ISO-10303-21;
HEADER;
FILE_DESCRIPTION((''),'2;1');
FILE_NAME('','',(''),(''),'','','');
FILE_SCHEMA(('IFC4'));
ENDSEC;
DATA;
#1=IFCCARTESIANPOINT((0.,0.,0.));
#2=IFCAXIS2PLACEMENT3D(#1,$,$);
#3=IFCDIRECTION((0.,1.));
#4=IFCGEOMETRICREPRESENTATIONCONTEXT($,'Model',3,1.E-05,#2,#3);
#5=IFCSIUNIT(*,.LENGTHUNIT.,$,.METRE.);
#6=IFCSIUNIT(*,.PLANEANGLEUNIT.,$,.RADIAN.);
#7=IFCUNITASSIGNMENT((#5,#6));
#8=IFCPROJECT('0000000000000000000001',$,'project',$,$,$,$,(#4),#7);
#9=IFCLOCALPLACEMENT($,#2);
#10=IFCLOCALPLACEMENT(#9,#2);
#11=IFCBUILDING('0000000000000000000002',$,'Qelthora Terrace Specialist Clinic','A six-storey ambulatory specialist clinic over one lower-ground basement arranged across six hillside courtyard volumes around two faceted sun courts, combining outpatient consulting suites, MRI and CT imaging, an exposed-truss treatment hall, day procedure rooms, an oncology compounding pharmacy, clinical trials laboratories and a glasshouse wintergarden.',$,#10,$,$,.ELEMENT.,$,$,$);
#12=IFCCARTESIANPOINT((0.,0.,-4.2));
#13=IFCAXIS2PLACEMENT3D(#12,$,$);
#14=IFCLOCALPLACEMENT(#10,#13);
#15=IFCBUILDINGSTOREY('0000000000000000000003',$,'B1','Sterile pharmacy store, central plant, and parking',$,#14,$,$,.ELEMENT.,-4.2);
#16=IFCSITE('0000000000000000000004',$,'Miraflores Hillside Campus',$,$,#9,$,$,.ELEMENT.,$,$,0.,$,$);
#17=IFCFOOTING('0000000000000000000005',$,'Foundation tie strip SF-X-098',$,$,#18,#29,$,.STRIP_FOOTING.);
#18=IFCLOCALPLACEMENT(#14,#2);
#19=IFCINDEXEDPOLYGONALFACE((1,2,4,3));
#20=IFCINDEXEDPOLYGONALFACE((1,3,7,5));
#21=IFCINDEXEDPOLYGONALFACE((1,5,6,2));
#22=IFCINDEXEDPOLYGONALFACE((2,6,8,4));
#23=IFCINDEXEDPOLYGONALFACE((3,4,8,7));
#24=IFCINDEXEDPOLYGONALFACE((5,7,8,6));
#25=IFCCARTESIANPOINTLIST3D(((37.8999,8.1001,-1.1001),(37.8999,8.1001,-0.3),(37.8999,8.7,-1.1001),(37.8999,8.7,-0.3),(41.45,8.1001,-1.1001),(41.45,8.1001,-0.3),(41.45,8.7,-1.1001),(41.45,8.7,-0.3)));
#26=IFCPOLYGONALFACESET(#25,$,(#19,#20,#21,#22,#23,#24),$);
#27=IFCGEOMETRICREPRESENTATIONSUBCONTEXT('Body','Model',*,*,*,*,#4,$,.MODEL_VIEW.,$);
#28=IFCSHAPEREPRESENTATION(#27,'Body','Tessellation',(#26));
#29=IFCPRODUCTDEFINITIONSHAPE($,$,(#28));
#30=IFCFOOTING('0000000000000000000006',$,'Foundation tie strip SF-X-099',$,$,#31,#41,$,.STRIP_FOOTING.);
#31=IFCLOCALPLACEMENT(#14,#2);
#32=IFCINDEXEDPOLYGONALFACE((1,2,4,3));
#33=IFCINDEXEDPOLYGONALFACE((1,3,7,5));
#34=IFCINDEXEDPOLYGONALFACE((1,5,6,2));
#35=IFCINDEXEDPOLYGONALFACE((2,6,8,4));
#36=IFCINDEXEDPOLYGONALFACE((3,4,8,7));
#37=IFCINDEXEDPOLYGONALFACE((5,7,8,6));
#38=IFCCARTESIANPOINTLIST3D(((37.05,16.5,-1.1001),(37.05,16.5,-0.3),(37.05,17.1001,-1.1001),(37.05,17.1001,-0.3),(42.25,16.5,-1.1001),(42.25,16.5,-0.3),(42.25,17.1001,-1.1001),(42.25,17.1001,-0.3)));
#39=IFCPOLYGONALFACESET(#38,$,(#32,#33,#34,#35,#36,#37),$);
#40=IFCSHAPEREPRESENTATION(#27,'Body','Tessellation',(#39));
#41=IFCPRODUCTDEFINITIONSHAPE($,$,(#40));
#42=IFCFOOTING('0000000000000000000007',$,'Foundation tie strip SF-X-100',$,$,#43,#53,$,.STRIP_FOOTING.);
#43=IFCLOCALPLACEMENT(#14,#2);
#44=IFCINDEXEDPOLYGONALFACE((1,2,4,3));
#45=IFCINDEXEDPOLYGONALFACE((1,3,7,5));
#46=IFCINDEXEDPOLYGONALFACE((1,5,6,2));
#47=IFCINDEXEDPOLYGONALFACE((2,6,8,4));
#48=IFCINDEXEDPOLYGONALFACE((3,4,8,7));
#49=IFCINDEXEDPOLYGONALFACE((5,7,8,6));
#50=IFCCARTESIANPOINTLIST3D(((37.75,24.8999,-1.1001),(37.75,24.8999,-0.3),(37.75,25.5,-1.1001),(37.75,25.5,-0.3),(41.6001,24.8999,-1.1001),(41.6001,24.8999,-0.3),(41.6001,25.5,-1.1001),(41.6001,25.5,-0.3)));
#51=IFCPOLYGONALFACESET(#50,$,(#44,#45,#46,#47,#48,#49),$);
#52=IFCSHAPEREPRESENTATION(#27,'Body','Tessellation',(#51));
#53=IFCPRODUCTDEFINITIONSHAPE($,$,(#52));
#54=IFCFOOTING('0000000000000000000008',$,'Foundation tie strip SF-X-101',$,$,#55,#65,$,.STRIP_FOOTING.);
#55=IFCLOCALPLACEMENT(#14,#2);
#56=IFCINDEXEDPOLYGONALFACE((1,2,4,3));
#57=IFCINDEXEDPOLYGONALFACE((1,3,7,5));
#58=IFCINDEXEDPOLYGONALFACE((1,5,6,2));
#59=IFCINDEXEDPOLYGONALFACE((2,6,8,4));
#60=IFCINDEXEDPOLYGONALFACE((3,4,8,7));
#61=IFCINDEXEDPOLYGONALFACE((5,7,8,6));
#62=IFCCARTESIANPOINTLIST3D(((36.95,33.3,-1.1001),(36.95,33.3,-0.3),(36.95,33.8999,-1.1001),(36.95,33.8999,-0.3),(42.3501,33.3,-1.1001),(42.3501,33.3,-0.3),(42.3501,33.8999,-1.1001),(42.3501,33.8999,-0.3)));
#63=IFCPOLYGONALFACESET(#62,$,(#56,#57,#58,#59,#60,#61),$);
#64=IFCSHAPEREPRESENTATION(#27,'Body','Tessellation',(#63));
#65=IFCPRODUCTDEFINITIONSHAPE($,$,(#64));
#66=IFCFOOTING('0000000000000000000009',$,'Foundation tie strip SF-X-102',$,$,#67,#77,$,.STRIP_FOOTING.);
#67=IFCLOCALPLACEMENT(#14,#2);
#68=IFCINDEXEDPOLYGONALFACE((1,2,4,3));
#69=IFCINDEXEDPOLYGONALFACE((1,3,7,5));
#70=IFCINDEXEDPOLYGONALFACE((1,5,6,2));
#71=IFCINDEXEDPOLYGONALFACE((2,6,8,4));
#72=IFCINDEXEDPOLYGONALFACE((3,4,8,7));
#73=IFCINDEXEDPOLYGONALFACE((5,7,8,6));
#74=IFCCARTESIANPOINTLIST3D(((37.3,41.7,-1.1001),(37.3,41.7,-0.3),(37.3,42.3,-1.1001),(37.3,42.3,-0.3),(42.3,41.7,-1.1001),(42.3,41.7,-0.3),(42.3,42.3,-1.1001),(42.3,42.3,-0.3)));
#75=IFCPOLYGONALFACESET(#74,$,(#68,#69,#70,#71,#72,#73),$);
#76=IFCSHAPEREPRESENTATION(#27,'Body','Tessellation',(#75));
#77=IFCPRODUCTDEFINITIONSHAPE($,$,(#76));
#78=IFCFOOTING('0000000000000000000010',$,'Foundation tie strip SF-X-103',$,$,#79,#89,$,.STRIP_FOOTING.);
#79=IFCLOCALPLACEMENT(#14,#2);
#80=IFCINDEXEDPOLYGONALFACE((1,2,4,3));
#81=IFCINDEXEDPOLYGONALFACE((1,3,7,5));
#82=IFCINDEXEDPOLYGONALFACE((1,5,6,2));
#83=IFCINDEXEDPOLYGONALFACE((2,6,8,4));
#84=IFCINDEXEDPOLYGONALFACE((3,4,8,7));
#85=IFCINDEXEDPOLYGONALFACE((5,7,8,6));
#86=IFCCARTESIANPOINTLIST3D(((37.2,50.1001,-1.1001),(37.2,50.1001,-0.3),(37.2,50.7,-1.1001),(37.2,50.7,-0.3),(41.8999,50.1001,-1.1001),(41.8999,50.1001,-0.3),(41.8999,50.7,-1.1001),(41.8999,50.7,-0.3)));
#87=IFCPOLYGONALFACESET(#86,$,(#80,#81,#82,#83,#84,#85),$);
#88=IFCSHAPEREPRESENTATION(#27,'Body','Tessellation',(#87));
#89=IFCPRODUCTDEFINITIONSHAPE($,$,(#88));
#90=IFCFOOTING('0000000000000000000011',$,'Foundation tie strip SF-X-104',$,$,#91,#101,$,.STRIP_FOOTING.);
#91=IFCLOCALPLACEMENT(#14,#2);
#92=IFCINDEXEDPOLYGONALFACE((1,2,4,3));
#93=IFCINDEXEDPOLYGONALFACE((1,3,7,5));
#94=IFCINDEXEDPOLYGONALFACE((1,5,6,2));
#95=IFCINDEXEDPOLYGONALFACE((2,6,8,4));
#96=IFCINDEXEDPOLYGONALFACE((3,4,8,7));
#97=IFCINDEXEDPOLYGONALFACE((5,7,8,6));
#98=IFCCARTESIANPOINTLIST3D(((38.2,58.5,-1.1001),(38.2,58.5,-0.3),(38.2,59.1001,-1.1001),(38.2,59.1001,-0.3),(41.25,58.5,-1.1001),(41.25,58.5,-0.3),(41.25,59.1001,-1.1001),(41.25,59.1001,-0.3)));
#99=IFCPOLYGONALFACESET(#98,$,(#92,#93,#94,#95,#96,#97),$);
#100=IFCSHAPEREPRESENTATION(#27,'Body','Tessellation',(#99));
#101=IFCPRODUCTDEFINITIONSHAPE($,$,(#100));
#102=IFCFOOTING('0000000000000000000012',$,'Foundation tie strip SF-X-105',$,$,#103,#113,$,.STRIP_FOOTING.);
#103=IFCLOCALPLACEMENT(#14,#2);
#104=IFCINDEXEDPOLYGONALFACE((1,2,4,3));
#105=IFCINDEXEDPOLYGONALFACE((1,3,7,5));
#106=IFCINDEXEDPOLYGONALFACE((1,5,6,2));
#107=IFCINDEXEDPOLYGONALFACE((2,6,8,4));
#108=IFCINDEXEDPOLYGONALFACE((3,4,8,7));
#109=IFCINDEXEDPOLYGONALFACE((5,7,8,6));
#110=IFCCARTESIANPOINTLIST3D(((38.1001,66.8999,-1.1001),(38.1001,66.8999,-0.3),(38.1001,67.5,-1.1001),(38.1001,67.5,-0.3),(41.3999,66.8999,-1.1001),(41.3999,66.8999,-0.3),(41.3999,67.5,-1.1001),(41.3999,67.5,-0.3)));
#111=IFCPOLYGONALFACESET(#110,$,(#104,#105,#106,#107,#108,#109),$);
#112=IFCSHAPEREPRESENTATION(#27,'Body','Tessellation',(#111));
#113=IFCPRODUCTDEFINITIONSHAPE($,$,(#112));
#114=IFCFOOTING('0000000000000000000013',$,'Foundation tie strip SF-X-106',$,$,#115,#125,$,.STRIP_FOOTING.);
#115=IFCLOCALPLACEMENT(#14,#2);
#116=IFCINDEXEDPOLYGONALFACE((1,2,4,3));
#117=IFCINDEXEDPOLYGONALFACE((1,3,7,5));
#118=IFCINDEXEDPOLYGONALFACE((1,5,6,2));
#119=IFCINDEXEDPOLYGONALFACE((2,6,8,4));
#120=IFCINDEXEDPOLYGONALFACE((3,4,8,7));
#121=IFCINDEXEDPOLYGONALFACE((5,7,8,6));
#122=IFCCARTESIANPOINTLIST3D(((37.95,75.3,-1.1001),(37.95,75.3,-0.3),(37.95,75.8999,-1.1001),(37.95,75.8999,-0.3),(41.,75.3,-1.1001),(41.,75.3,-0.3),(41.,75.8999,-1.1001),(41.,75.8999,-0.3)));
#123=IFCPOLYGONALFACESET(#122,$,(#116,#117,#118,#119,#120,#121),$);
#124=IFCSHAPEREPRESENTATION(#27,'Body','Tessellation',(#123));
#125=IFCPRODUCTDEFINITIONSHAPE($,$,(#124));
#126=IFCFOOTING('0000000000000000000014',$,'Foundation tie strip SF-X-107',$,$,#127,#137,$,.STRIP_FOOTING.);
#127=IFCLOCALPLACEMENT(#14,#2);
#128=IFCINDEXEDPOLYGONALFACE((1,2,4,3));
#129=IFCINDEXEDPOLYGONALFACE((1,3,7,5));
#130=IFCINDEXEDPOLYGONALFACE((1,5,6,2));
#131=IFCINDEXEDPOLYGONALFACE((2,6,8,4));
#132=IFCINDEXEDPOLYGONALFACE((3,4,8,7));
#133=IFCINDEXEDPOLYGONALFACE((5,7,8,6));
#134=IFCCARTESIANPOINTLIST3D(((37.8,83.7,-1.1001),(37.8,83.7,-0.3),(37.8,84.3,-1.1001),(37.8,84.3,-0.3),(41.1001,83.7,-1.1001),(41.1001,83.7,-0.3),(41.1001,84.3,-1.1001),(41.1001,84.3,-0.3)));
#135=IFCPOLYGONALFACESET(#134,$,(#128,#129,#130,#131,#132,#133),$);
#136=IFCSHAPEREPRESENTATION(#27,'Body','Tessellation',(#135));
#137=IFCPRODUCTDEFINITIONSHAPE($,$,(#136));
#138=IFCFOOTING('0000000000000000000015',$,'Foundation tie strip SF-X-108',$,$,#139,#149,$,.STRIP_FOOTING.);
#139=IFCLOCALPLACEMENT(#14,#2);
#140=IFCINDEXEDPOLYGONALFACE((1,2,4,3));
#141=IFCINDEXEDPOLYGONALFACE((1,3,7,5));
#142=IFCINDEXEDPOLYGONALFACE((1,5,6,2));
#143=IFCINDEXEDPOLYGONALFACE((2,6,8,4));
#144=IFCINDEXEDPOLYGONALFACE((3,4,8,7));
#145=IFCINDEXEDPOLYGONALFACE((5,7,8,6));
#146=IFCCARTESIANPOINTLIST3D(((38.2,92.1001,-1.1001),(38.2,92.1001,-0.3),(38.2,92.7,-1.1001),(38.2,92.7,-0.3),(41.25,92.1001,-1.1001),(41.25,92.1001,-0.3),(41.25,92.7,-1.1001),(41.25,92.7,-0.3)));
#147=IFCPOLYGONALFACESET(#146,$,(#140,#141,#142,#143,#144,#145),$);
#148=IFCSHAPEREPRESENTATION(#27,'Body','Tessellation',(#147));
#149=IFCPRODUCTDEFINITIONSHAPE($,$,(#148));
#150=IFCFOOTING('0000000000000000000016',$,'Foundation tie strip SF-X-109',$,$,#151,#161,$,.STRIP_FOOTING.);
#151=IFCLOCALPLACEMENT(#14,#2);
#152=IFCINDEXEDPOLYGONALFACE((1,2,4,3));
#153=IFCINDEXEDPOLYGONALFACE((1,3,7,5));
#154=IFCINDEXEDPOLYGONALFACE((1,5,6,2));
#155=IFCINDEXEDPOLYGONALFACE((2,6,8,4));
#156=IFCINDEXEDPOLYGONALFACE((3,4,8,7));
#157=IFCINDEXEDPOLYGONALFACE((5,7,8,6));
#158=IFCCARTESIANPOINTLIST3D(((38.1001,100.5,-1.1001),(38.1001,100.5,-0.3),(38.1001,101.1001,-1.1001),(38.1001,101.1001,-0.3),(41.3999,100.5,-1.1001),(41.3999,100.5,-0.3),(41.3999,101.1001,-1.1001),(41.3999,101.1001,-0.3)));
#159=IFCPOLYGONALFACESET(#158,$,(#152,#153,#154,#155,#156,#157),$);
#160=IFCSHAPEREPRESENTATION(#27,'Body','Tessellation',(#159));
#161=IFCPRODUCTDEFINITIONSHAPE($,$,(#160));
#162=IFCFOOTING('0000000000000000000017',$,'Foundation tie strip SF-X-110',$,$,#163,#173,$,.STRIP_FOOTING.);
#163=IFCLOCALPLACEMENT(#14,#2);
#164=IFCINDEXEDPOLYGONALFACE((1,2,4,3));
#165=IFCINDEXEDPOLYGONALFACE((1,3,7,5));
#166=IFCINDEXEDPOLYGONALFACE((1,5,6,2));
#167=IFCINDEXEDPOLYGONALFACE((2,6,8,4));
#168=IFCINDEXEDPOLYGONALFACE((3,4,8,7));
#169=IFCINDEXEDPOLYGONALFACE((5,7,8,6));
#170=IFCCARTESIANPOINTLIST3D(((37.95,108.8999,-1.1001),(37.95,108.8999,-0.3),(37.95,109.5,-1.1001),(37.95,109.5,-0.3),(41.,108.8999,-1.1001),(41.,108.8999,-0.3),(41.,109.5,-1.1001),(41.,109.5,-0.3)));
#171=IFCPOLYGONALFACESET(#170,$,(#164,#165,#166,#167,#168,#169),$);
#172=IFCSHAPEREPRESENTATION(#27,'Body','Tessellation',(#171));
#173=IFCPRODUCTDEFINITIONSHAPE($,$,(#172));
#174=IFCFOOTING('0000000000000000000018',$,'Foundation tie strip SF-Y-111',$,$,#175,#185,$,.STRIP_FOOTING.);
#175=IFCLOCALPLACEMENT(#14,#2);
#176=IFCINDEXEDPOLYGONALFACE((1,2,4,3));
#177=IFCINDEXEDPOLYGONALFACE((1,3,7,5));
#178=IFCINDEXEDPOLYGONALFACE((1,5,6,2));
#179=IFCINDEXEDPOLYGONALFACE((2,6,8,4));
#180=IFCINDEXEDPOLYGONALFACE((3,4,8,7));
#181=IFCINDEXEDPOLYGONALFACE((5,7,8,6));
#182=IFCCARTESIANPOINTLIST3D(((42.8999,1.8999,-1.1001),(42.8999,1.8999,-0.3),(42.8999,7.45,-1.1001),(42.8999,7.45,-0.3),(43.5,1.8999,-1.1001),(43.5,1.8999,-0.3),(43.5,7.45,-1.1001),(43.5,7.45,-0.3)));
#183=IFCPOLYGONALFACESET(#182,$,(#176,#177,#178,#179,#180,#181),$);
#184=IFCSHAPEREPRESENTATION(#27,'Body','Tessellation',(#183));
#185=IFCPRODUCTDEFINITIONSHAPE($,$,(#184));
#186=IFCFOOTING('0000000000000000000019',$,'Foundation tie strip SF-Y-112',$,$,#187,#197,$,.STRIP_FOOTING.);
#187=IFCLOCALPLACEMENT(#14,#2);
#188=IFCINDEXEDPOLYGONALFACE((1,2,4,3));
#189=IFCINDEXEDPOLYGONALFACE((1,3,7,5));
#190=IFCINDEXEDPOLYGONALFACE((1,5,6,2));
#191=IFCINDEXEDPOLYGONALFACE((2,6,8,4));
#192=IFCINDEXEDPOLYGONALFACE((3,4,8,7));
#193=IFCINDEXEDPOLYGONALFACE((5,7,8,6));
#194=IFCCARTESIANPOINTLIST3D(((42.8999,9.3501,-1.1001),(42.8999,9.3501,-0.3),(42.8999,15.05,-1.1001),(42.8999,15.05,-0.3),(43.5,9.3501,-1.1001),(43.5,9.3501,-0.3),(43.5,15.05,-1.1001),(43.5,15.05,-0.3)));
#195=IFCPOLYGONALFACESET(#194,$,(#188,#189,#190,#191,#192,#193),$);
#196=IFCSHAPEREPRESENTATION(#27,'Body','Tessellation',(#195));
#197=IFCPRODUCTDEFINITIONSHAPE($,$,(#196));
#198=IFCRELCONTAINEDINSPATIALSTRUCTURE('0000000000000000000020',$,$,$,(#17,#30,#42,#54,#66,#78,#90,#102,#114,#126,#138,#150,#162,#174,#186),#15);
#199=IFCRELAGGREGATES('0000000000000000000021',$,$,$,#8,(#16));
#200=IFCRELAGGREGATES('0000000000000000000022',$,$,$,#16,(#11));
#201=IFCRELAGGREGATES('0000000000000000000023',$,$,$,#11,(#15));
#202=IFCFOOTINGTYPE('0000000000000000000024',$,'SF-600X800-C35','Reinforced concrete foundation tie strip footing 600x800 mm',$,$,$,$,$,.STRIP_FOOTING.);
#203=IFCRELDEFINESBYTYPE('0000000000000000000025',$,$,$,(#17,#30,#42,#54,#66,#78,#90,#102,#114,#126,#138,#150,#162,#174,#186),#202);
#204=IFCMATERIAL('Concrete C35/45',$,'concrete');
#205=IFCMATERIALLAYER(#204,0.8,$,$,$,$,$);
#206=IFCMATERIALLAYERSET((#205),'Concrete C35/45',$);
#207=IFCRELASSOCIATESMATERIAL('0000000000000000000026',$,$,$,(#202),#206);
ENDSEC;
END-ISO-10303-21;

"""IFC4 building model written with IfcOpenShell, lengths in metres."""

from ifc_helpers import new_model, si_unit, direction, frame, origin, place, context, subcontext, project, spatial, polyline, outline, extrude, material, layer, layer_set, type_object, element, save


model = new_model("IFC4")

# Units and contexts
model_context = context("Model", 3, precision=1e-05, world=origin(), true_north=direction((0.0, 1.0)))
body_context = subcontext(model_context, "Body", "Model", "MODEL_VIEW")
ifc_project = project(units=[si_unit("LENGTHUNIT", "METRE"), si_unit("PLANEANGLEUNIT", "RADIAN")], contexts=[model_context])

# Site, building, storey
site_placement = place(None, origin())
site = spatial("IfcSite", under=ifc_project, at=site_placement, Name="Miraflores Hillside Campus", CompositionType="ELEMENT", RefElevation=0.0)
building_placement = place(site_placement, origin())
building = spatial("IfcBuilding", under=site, at=building_placement, Name="Qelthora Terrace Specialist Clinic", Description="A six-storey ambulatory specialist clinic over one lower-ground basement arranged across six hillside courtyard volumes around two faceted sun courts, combining outpatient consulting suites, MRI and CT imaging, an exposed-truss treatment hall, day procedure rooms, an oncology compounding pharmacy, clinical trials laboratories and a glasshouse wintergarden.", CompositionType="ELEMENT")
storey_placement = place(building_placement, frame((0.0, 0.0, -4.2)))
storey = spatial("IfcBuildingStorey", under=building, at=storey_placement, Name="B1", Description="Sterile pharmacy store, central plant, and parking", CompositionType="ELEMENT", Elevation=-4.2)

# Footings
ifc_material = material(Name="Concrete C35/45", Category="concrete")
ifc_layer = layer(ifc_material, 0.8)
ifc_layer_set = layer_set([ifc_layer], Name="Concrete C35/45")
footing_type = type_object("IfcFootingType", Name="SF-600X800-C35", Description="Reinforced concrete foundation tie strip footing 600x800 mm", PredefinedType="STRIP_FOOTING", material=ifc_layer_set)
footing_1_placement = place(storey_placement, frame((0.0, 0.0, -1.1001)))
element("IfcFooting", 1, at=footing_1_placement, inside=storey, type_object=footing_type, Name="Foundation tie strip SF-X-098", PredefinedType="STRIP_FOOTING", context=body_context, shape_type="SweptSolid", body=[
    extrude(outline(polyline([(37.8999, 8.1001), (41.45, 8.1001), (41.45, 8.7), (37.8999, 8.7), (37.8999, 8.1001)])), origin(), (0.0, 0.0, 1.0), 0.8),
])
footing_2_placement = place(storey_placement, frame((0.0, 0.0, -1.1001)))
element("IfcFooting", 2, at=footing_2_placement, inside=storey, type_object=footing_type, Name="Foundation tie strip SF-X-099", PredefinedType="STRIP_FOOTING", context=body_context, shape_type="SweptSolid", body=[
    extrude(outline(polyline([(37.05, 16.5), (42.25, 16.5), (42.25, 17.1001), (37.05, 17.1001), (37.05, 16.5)])), origin(), (0.0, 0.0, 1.0), 0.8),
])
footing_3_placement = place(storey_placement, frame((0.0, 0.0, -1.1001)))
element("IfcFooting", 3, at=footing_3_placement, inside=storey, type_object=footing_type, Name="Foundation tie strip SF-X-100", PredefinedType="STRIP_FOOTING", context=body_context, shape_type="SweptSolid", body=[
    extrude(outline(polyline([(37.75, 24.8999), (41.6001, 24.8999), (41.6001, 25.5), (37.75, 25.5), (37.75, 24.8999)])), origin(), (0.0, 0.0, 1.0), 0.8),
])
footing_4_placement = place(storey_placement, frame((0.0, 0.0, -1.1001)))
element("IfcFooting", 4, at=footing_4_placement, inside=storey, type_object=footing_type, Name="Foundation tie strip SF-X-101", PredefinedType="STRIP_FOOTING", context=body_context, shape_type="SweptSolid", body=[
    extrude(outline(polyline([(36.95, 33.3), (42.3501, 33.3), (42.3501, 33.8999), (36.95, 33.8999), (36.95, 33.3)])), origin(), (0.0, 0.0, 1.0), 0.8),
])
footing_5_placement = place(storey_placement, frame((0.0, 0.0, -1.1001)))
element("IfcFooting", 5, at=footing_5_placement, inside=storey, type_object=footing_type, Name="Foundation tie strip SF-X-102", PredefinedType="STRIP_FOOTING", context=body_context, shape_type="SweptSolid", body=[
    extrude(outline(polyline([(37.3, 41.7), (42.3, 41.7), (42.3, 42.3), (37.3, 42.3), (37.3, 41.7)])), origin(), (0.0, 0.0, 1.0), 0.8),
])
footing_6_placement = place(storey_placement, frame((0.0, 0.0, -1.1001)))
element("IfcFooting", 6, at=footing_6_placement, inside=storey, type_object=footing_type, Name="Foundation tie strip SF-X-103", PredefinedType="STRIP_FOOTING", context=body_context, shape_type="SweptSolid", body=[
    extrude(outline(polyline([(37.2, 50.1001), (41.8999, 50.1001), (41.8999, 50.7), (37.2, 50.7), (37.2, 50.1001)])), origin(), (0.0, 0.0, 1.0), 0.8),
])
footing_7_placement = place(storey_placement, frame((0.0, 0.0, -1.1001)))
element("IfcFooting", 7, at=footing_7_placement, inside=storey, type_object=footing_type, Name="Foundation tie strip SF-X-104", PredefinedType="STRIP_FOOTING", context=body_context, shape_type="SweptSolid", body=[
    extrude(outline(polyline([(38.2, 58.5), (41.25, 58.5), (41.25, 59.1001), (38.2, 59.1001), (38.2, 58.5)])), origin(), (0.0, 0.0, 1.0), 0.8),
])
footing_8_placement = place(storey_placement, frame((0.0, 0.0, -1.1001)))
element("IfcFooting", 8, at=footing_8_placement, inside=storey, type_object=footing_type, Name="Foundation tie strip SF-X-105", PredefinedType="STRIP_FOOTING", context=body_context, shape_type="SweptSolid", body=[
    extrude(outline(polyline([(38.1001, 66.8999), (41.3999, 66.8999), (41.3999, 67.5), (38.1001, 67.5), (38.1001, 66.8999)])), origin(), (0.0, 0.0, 1.0), 0.8),
])
footing_9_placement = place(storey_placement, frame((0.0, 0.0, -1.1001)))
element("IfcFooting", 9, at=footing_9_placement, inside=storey, type_object=footing_type, Name="Foundation tie strip SF-X-106", PredefinedType="STRIP_FOOTING", context=body_context, shape_type="SweptSolid", body=[
    extrude(outline(polyline([(37.95, 75.3), (41.0, 75.3), (41.0, 75.8999), (37.95, 75.8999), (37.95, 75.3)])), origin(), (0.0, 0.0, 1.0), 0.8),
])
footing_10_placement = place(storey_placement, frame((0.0, 0.0, -1.1001)))
element("IfcFooting", 10, at=footing_10_placement, inside=storey, type_object=footing_type, Name="Foundation tie strip SF-X-107", PredefinedType="STRIP_FOOTING", context=body_context, shape_type="SweptSolid", body=[
    extrude(outline(polyline([(37.8, 83.7), (41.1001, 83.7), (41.1001, 84.3), (37.8, 84.3), (37.8, 83.7)])), origin(), (0.0, 0.0, 1.0), 0.8),
])
footing_11_placement = place(storey_placement, frame((0.0, 0.0, -1.1001)))
element("IfcFooting", 11, at=footing_11_placement, inside=storey, type_object=footing_type, Name="Foundation tie strip SF-X-108", PredefinedType="STRIP_FOOTING", context=body_context, shape_type="SweptSolid", body=[
    extrude(outline(polyline([(38.2, 92.1001), (41.25, 92.1001), (41.25, 92.7), (38.2, 92.7), (38.2, 92.1001)])), origin(), (0.0, 0.0, 1.0), 0.8),
])
footing_12_placement = place(storey_placement, frame((0.0, 0.0, -1.1001)))
element("IfcFooting", 12, at=footing_12_placement, inside=storey, type_object=footing_type, Name="Foundation tie strip SF-X-109", PredefinedType="STRIP_FOOTING", context=body_context, shape_type="SweptSolid", body=[
    extrude(outline(polyline([(38.1001, 100.5), (41.3999, 100.5), (41.3999, 101.1001), (38.1001, 101.1001), (38.1001, 100.5)])), origin(), (0.0, 0.0, 1.0), 0.8),
])
footing_13_placement = place(storey_placement, frame((0.0, 0.0, -1.1001)))
element("IfcFooting", 13, at=footing_13_placement, inside=storey, type_object=footing_type, Name="Foundation tie strip SF-X-110", PredefinedType="STRIP_FOOTING", context=body_context, shape_type="SweptSolid", body=[
    extrude(outline(polyline([(37.95, 108.8999), (41.0, 108.8999), (41.0, 109.5), (37.95, 109.5), (37.95, 108.8999)])), origin(), (0.0, 0.0, 1.0), 0.8),
])
footing_14_placement = place(storey_placement, frame((0.0, 0.0, -1.1001)))
element("IfcFooting", 14, at=footing_14_placement, inside=storey, type_object=footing_type, Name="Foundation tie strip SF-Y-111", PredefinedType="STRIP_FOOTING", context=body_context, shape_type="SweptSolid", body=[
    extrude(outline(polyline([(42.8999, 1.8999), (43.5, 1.8999), (43.5, 7.45), (42.8999, 7.45), (42.8999, 1.8999)])), origin(), (0.0, 0.0, 1.0), 0.8),
])
footing_15_placement = place(storey_placement, frame((0.0, 0.0, -1.1001)))
element("IfcFooting", 15, at=footing_15_placement, inside=storey, type_object=footing_type, Name="Foundation tie strip SF-Y-112", PredefinedType="STRIP_FOOTING", context=body_context, shape_type="SweptSolid", body=[
    extrude(outline(polyline([(42.8999, 9.3501), (43.5, 9.3501), (43.5, 15.05), (42.8999, 15.05), (42.8999, 9.3501)])), origin(), (0.0, 0.0, 1.0), 0.8),
])

save(model, "model.ifc")
